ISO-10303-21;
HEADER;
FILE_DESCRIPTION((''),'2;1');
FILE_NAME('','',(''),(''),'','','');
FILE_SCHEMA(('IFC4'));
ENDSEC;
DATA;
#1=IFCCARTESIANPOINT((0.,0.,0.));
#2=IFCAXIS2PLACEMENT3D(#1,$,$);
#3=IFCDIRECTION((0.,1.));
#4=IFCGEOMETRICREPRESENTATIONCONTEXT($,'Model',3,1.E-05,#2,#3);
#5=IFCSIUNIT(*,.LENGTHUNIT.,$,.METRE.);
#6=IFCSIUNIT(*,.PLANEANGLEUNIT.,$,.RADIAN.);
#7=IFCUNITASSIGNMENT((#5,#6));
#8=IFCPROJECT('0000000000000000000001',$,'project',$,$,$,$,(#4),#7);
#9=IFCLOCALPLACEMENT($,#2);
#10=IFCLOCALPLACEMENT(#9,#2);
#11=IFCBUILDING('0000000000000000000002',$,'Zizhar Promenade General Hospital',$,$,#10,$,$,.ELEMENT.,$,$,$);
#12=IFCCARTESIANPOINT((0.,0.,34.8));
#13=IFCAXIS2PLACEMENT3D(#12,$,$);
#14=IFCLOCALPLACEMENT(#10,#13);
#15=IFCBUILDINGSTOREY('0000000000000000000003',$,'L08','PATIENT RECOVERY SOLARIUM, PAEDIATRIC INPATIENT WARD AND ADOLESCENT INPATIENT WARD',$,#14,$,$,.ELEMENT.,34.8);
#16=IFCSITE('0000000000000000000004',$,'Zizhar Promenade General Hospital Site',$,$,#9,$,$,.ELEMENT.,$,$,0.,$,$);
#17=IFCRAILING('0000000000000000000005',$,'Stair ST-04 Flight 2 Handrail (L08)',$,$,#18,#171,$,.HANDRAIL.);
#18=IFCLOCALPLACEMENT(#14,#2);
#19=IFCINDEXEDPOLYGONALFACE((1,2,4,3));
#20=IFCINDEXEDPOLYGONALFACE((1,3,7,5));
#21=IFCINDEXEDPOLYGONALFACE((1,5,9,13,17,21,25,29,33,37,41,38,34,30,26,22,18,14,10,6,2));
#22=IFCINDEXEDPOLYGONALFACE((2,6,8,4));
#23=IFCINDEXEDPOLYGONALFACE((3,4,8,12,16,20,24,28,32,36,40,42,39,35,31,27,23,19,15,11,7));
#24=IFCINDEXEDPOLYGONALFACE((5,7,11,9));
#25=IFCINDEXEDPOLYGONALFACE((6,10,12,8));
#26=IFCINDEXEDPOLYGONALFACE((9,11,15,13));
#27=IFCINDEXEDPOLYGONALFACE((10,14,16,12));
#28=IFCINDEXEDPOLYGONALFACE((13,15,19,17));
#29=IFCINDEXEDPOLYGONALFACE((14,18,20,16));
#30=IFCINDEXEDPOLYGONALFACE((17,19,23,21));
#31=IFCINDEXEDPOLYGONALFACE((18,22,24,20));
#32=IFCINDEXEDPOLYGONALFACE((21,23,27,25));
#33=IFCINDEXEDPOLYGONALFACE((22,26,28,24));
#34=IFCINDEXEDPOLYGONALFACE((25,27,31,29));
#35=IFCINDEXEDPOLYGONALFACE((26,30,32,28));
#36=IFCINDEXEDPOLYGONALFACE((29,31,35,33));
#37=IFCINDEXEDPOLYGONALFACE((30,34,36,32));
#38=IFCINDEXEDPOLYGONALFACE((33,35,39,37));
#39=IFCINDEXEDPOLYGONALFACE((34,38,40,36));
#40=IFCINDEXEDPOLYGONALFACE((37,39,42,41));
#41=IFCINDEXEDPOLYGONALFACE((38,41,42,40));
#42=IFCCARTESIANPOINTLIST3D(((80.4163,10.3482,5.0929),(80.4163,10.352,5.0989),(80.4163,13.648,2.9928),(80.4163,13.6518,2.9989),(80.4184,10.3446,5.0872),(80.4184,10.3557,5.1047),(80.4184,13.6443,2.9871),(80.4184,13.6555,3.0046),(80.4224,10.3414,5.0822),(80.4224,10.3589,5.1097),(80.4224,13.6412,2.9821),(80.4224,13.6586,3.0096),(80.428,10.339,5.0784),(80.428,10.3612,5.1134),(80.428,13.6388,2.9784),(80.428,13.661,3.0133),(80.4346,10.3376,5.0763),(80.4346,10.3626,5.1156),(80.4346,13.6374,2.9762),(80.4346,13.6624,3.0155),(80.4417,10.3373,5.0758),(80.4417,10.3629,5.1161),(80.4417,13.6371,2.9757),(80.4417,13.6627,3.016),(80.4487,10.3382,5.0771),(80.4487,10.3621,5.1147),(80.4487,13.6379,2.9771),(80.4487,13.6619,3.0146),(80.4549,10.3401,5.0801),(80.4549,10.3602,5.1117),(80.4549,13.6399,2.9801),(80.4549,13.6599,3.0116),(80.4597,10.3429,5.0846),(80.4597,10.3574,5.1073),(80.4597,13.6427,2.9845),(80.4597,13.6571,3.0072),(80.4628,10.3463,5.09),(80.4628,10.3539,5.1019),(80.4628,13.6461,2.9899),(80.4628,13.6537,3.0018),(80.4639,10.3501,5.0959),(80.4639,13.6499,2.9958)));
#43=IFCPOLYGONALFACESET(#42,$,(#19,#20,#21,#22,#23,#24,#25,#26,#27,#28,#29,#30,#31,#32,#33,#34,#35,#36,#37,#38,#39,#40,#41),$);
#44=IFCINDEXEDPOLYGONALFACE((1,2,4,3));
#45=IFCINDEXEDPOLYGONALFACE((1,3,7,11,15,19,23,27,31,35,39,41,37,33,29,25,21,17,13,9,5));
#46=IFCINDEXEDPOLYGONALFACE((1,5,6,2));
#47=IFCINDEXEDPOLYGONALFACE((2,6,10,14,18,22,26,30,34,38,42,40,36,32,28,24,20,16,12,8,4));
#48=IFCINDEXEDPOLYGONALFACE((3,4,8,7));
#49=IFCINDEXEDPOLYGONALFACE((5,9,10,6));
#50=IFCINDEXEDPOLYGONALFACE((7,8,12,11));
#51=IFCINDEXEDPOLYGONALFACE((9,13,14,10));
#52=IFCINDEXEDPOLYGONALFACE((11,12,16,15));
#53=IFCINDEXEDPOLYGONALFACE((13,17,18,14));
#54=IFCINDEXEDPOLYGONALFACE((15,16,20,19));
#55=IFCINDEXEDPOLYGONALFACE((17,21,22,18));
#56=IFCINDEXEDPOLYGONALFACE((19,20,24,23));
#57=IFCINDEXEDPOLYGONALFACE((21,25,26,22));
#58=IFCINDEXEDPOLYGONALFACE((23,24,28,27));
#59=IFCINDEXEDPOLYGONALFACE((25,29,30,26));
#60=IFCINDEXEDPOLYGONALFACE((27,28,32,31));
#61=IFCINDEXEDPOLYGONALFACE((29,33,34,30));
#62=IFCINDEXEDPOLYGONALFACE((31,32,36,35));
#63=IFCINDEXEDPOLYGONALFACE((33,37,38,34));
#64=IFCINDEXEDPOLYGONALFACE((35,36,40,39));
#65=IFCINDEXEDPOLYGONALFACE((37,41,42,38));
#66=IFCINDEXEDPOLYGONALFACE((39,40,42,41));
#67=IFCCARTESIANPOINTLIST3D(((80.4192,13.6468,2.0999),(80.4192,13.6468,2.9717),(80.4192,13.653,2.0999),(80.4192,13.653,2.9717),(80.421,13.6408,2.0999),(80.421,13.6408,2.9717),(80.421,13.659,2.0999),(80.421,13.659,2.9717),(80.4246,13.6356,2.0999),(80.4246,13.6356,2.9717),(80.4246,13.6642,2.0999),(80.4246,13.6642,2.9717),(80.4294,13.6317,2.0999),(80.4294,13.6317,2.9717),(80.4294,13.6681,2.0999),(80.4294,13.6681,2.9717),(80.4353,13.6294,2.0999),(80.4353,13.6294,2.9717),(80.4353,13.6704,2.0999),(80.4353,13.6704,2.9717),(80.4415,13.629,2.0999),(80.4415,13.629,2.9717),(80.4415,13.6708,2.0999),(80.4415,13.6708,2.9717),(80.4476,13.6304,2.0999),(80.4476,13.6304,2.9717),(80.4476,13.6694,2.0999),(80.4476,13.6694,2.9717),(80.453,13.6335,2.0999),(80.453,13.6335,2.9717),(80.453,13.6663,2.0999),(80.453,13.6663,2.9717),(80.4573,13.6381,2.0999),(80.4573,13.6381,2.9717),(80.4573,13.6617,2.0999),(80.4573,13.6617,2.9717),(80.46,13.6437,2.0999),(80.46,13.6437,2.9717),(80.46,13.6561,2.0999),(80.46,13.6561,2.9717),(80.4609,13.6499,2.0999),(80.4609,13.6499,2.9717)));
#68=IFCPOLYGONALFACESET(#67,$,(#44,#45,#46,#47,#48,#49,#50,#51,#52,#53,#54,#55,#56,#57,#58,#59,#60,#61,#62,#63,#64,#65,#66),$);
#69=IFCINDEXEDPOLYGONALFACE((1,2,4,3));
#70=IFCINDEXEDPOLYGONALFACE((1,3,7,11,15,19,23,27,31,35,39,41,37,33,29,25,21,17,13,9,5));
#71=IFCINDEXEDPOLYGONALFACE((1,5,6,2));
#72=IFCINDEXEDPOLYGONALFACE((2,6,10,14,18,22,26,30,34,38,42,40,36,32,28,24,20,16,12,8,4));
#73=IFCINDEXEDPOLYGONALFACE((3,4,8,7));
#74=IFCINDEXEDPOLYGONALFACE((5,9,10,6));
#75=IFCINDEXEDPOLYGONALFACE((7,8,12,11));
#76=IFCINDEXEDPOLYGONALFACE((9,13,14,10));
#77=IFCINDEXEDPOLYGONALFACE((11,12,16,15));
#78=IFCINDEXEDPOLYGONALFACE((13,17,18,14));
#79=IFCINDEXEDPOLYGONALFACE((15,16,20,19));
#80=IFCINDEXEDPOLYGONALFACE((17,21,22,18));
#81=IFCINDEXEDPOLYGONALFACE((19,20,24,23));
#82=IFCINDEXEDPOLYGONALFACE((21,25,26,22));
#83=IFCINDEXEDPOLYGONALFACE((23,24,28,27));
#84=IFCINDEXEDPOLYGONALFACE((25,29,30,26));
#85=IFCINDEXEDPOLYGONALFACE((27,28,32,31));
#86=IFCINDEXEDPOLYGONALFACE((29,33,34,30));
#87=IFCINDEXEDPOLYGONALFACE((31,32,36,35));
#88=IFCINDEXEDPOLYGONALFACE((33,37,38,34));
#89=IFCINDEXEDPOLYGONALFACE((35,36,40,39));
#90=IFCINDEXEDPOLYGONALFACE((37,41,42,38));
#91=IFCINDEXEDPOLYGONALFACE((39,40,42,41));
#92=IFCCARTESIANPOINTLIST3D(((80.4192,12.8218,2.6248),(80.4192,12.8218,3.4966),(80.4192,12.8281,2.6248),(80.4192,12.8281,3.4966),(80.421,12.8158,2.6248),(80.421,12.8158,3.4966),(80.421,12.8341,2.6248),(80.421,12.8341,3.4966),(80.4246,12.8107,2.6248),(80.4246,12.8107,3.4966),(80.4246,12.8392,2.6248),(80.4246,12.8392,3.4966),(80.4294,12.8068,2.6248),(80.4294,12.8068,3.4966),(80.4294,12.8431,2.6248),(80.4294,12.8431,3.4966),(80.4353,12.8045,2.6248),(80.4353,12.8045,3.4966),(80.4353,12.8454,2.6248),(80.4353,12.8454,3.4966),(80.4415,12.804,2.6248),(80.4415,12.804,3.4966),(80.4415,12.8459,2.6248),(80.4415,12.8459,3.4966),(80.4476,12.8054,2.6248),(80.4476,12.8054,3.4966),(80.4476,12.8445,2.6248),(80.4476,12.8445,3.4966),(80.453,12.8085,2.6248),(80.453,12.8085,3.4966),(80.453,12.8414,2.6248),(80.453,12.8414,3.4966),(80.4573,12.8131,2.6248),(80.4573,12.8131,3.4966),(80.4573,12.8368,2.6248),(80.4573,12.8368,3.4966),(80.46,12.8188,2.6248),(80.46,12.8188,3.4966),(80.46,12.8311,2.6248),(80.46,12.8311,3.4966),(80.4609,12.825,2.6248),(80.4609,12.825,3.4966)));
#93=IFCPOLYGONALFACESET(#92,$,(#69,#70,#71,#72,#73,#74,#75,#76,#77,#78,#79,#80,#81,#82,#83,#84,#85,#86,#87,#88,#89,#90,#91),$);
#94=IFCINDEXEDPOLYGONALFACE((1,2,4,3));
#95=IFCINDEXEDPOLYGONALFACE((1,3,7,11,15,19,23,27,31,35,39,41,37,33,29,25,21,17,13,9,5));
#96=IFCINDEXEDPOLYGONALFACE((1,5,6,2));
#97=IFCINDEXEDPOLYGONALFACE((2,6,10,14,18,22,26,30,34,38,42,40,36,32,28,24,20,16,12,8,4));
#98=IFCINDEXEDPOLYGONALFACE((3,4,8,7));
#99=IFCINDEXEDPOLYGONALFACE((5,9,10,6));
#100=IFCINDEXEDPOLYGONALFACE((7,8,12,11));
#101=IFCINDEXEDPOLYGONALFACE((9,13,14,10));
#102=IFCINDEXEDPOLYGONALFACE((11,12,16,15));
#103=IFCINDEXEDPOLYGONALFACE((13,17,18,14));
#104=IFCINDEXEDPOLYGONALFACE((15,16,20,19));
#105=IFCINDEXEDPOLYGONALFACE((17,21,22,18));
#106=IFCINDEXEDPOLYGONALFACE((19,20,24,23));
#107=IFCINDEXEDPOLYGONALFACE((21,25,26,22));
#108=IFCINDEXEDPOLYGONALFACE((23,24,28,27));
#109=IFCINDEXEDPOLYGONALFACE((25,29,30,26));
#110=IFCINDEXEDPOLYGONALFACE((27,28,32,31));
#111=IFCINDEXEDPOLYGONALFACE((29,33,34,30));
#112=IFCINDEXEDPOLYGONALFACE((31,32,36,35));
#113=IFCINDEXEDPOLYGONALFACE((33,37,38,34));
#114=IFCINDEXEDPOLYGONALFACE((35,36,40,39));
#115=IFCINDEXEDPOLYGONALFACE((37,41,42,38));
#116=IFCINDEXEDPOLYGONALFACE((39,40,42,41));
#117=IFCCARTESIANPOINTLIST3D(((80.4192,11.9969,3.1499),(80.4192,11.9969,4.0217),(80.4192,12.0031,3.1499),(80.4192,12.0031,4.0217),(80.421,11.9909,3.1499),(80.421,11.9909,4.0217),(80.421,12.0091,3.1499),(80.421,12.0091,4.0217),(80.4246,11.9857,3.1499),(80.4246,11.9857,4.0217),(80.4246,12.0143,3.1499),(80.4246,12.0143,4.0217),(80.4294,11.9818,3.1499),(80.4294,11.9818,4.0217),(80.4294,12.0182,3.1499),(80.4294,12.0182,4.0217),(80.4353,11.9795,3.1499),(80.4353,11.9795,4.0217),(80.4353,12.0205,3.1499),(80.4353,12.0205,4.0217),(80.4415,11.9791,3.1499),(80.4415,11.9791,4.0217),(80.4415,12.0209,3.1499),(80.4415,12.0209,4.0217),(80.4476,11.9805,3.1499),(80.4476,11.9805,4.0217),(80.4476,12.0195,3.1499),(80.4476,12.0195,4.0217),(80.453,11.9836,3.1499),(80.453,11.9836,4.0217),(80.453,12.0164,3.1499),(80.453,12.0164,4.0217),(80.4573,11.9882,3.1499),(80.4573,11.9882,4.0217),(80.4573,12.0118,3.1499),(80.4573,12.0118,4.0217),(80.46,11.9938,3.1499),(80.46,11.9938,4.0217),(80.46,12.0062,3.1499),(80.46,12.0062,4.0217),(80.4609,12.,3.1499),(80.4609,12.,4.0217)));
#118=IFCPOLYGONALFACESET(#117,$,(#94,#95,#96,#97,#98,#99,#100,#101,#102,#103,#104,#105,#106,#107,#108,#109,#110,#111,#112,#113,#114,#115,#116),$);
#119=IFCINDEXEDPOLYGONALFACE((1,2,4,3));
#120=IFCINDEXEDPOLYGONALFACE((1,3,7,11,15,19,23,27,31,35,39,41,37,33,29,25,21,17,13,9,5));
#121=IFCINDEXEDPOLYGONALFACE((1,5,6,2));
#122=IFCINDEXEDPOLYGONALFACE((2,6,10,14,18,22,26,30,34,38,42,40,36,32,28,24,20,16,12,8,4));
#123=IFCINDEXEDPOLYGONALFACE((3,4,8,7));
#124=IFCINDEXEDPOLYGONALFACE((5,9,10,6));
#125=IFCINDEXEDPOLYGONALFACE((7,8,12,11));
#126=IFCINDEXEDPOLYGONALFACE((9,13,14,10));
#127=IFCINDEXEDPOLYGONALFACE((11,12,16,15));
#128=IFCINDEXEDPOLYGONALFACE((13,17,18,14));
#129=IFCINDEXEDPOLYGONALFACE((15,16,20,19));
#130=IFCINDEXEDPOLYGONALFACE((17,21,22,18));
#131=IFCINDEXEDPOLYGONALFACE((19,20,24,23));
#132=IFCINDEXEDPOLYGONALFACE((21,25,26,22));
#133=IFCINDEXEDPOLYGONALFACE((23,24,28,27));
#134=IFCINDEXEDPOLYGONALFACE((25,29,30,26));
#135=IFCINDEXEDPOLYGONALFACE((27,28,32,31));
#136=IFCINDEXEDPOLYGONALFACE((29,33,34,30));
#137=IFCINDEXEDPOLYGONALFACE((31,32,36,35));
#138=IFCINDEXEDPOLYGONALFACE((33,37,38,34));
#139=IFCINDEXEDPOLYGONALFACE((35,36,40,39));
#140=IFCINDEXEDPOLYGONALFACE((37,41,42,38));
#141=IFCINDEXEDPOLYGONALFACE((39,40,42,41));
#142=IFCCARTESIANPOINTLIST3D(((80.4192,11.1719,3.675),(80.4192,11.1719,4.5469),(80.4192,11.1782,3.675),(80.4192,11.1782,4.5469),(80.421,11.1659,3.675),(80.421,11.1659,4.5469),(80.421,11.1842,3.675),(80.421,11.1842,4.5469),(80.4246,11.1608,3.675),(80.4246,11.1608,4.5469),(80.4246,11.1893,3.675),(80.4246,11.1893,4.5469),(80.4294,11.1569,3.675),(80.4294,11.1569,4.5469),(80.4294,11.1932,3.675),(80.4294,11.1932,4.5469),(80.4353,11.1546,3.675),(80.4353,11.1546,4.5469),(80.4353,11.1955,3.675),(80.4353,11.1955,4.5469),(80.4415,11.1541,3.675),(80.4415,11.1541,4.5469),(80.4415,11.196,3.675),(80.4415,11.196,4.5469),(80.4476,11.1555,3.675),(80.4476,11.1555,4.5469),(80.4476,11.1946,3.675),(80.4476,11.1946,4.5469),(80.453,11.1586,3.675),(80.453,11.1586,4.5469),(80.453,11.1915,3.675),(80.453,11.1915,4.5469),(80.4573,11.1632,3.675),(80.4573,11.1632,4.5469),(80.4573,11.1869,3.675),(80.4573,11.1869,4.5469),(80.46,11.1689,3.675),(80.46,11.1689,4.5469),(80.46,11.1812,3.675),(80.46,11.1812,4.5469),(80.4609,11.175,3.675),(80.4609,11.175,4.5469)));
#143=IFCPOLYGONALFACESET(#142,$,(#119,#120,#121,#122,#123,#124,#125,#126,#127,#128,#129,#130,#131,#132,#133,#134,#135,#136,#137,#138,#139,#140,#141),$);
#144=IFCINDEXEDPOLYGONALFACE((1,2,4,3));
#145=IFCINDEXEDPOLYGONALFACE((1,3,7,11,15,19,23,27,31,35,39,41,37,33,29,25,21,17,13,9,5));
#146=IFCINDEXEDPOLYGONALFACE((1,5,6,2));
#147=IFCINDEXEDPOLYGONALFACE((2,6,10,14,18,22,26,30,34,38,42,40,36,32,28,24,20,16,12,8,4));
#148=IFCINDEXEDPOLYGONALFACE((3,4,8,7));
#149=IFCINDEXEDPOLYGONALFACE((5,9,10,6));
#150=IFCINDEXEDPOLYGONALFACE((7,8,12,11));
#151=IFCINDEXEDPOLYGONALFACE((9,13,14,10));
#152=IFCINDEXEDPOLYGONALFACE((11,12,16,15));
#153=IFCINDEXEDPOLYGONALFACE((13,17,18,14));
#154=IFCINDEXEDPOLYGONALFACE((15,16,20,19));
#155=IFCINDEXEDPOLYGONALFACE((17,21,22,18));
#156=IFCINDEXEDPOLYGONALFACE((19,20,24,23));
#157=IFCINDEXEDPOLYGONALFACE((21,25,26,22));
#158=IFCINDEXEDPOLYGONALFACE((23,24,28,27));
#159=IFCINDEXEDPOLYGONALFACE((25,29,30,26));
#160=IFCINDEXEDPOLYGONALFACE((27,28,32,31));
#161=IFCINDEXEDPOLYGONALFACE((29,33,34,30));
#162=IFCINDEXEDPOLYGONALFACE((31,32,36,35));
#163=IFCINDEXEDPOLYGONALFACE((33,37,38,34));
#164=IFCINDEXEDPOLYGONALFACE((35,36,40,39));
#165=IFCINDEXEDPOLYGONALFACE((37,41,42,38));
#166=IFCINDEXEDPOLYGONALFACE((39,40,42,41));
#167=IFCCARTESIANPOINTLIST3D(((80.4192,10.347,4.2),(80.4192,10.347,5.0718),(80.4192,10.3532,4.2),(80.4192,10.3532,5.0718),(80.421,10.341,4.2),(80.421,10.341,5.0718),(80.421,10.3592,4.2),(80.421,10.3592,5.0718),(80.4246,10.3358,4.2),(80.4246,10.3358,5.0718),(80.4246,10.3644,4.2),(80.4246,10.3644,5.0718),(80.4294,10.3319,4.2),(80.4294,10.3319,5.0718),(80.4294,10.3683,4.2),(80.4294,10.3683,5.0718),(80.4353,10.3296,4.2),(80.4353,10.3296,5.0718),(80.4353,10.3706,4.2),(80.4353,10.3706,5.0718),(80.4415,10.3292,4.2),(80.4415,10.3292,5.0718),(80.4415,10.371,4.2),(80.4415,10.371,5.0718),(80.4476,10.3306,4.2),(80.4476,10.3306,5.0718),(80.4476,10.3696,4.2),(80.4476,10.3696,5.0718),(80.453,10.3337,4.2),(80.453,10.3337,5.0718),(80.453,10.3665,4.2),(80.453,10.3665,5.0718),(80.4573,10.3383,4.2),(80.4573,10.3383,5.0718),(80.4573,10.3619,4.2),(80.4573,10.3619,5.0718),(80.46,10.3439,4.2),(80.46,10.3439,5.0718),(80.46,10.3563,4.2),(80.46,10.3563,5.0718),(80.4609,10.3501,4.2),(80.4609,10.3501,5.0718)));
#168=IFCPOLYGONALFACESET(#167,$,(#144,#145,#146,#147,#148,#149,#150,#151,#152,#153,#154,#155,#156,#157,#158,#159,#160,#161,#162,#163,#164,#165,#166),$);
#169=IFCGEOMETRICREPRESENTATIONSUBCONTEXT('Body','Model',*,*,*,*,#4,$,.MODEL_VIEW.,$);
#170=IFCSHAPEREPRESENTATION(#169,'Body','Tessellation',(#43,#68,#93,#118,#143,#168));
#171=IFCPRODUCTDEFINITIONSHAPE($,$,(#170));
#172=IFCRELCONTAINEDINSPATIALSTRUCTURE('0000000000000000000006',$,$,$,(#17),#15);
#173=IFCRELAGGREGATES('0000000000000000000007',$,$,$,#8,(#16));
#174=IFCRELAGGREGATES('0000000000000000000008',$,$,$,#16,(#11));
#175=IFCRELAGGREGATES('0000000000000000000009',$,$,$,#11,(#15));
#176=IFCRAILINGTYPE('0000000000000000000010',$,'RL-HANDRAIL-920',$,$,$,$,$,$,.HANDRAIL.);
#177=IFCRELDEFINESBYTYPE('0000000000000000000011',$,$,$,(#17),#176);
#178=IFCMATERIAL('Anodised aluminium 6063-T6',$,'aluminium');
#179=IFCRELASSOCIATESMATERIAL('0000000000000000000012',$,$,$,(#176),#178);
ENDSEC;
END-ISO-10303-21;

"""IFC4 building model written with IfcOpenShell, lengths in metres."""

from ifc_helpers import new_model, si_unit, direction, frame, origin, origin_2d, place, context, subcontext, project, spatial, circle, hollow_circle, extrude, material, material_profile, profile_set, type_object, element, save


model = new_model("IFC4")

# Units and contexts
model_context = context("Model", 3, precision=1e-05, world=origin(), true_north=direction((0.0, 1.0)))
body_context = subcontext(model_context, "Body", "Model", "MODEL_VIEW")
ifc_project = project(units=[si_unit("LENGTHUNIT", "METRE"), si_unit("PLANEANGLEUNIT", "RADIAN")], contexts=[model_context])

# Site, building, storey
site_placement = place(None, origin())
site = spatial("IfcSite", under=ifc_project, at=site_placement, Name="Zizhar Promenade General Hospital Site", CompositionType="ELEMENT", RefElevation=0.0)
building_placement = place(site_placement, origin())
building = spatial("IfcBuilding", under=site, at=building_placement, Name="Zizhar Promenade General Hospital", CompositionType="ELEMENT")
storey_placement = place(building_placement, frame((0.0, 0.0, 34.8)))
storey = spatial("IfcBuildingStorey", under=building, at=storey_placement, Name="L08", Description="PATIENT RECOVERY SOLARIUM, PAEDIATRIC INPATIENT WARD AND ADOLESCENT INPATIENT WARD", CompositionType="ELEMENT", Elevation=34.8)

# Railing
ifc_material_1 = material(Name="Anodised aluminium 6063-T6", Category="aluminium")
ifc_material_profile_1 = material_profile(ifc_material_1, hollow_circle(Radius=0.0698, WallThickness=0.0063, at=origin_2d()))
ifc_profile_set_1 = profile_set([ifc_material_profile_1], Name="Anodised aluminium 6063-T6")
railing_type_1 = type_object("IfcRailingType", Name="RL-HANDRAIL-920", PredefinedType="HANDRAIL", material=ifc_profile_set_1)
railing_1_placement = place(storey_placement, frame((80.4399, 13.6499, 2.0999)))
element("IfcRailing", 1, at=railing_1_placement, inside=storey, type_object=railing_type_1, Name="Stair ST-04 Flight 2 Handrail (L08)", PredefinedType="HANDRAIL", context=body_context, shape_type="SweptSolid", body=[
    extrude(circle(Radius=0.0239, at=origin_2d()), frame((0.0, 0.0, 0.896), z_axis=(0.0, -0.843636, 0.536916), x_axis=(1.0, 0.0, 0.0)), (0.0, 0.0, 1.0), 3.9114),
    extrude(circle(Radius=0.021, at=origin_2d()), origin(), (0.0, 0.0, 1.0), 0.8718),
    extrude(circle(Radius=0.021, at=origin_2d()), frame((0.0, -0.825, 0.5249)), (0.0, 0.0, 1.0), 0.8718),
    extrude(circle(Radius=0.021, at=origin_2d()), frame((0.0, -1.6499, 1.05)), (0.0, 0.0, 1.0), 0.8718),
    extrude(circle(Radius=0.021, at=origin_2d()), frame((0.0, -2.4749, 1.5752)), (0.0, 0.0, 1.0), 0.8718),
    extrude(circle(Radius=0.021, at=origin_2d()), frame((0.0, -3.2998, 2.1001)), (0.0, 0.0, 1.0), 0.8718),
])

save(model, "model.ifc")
